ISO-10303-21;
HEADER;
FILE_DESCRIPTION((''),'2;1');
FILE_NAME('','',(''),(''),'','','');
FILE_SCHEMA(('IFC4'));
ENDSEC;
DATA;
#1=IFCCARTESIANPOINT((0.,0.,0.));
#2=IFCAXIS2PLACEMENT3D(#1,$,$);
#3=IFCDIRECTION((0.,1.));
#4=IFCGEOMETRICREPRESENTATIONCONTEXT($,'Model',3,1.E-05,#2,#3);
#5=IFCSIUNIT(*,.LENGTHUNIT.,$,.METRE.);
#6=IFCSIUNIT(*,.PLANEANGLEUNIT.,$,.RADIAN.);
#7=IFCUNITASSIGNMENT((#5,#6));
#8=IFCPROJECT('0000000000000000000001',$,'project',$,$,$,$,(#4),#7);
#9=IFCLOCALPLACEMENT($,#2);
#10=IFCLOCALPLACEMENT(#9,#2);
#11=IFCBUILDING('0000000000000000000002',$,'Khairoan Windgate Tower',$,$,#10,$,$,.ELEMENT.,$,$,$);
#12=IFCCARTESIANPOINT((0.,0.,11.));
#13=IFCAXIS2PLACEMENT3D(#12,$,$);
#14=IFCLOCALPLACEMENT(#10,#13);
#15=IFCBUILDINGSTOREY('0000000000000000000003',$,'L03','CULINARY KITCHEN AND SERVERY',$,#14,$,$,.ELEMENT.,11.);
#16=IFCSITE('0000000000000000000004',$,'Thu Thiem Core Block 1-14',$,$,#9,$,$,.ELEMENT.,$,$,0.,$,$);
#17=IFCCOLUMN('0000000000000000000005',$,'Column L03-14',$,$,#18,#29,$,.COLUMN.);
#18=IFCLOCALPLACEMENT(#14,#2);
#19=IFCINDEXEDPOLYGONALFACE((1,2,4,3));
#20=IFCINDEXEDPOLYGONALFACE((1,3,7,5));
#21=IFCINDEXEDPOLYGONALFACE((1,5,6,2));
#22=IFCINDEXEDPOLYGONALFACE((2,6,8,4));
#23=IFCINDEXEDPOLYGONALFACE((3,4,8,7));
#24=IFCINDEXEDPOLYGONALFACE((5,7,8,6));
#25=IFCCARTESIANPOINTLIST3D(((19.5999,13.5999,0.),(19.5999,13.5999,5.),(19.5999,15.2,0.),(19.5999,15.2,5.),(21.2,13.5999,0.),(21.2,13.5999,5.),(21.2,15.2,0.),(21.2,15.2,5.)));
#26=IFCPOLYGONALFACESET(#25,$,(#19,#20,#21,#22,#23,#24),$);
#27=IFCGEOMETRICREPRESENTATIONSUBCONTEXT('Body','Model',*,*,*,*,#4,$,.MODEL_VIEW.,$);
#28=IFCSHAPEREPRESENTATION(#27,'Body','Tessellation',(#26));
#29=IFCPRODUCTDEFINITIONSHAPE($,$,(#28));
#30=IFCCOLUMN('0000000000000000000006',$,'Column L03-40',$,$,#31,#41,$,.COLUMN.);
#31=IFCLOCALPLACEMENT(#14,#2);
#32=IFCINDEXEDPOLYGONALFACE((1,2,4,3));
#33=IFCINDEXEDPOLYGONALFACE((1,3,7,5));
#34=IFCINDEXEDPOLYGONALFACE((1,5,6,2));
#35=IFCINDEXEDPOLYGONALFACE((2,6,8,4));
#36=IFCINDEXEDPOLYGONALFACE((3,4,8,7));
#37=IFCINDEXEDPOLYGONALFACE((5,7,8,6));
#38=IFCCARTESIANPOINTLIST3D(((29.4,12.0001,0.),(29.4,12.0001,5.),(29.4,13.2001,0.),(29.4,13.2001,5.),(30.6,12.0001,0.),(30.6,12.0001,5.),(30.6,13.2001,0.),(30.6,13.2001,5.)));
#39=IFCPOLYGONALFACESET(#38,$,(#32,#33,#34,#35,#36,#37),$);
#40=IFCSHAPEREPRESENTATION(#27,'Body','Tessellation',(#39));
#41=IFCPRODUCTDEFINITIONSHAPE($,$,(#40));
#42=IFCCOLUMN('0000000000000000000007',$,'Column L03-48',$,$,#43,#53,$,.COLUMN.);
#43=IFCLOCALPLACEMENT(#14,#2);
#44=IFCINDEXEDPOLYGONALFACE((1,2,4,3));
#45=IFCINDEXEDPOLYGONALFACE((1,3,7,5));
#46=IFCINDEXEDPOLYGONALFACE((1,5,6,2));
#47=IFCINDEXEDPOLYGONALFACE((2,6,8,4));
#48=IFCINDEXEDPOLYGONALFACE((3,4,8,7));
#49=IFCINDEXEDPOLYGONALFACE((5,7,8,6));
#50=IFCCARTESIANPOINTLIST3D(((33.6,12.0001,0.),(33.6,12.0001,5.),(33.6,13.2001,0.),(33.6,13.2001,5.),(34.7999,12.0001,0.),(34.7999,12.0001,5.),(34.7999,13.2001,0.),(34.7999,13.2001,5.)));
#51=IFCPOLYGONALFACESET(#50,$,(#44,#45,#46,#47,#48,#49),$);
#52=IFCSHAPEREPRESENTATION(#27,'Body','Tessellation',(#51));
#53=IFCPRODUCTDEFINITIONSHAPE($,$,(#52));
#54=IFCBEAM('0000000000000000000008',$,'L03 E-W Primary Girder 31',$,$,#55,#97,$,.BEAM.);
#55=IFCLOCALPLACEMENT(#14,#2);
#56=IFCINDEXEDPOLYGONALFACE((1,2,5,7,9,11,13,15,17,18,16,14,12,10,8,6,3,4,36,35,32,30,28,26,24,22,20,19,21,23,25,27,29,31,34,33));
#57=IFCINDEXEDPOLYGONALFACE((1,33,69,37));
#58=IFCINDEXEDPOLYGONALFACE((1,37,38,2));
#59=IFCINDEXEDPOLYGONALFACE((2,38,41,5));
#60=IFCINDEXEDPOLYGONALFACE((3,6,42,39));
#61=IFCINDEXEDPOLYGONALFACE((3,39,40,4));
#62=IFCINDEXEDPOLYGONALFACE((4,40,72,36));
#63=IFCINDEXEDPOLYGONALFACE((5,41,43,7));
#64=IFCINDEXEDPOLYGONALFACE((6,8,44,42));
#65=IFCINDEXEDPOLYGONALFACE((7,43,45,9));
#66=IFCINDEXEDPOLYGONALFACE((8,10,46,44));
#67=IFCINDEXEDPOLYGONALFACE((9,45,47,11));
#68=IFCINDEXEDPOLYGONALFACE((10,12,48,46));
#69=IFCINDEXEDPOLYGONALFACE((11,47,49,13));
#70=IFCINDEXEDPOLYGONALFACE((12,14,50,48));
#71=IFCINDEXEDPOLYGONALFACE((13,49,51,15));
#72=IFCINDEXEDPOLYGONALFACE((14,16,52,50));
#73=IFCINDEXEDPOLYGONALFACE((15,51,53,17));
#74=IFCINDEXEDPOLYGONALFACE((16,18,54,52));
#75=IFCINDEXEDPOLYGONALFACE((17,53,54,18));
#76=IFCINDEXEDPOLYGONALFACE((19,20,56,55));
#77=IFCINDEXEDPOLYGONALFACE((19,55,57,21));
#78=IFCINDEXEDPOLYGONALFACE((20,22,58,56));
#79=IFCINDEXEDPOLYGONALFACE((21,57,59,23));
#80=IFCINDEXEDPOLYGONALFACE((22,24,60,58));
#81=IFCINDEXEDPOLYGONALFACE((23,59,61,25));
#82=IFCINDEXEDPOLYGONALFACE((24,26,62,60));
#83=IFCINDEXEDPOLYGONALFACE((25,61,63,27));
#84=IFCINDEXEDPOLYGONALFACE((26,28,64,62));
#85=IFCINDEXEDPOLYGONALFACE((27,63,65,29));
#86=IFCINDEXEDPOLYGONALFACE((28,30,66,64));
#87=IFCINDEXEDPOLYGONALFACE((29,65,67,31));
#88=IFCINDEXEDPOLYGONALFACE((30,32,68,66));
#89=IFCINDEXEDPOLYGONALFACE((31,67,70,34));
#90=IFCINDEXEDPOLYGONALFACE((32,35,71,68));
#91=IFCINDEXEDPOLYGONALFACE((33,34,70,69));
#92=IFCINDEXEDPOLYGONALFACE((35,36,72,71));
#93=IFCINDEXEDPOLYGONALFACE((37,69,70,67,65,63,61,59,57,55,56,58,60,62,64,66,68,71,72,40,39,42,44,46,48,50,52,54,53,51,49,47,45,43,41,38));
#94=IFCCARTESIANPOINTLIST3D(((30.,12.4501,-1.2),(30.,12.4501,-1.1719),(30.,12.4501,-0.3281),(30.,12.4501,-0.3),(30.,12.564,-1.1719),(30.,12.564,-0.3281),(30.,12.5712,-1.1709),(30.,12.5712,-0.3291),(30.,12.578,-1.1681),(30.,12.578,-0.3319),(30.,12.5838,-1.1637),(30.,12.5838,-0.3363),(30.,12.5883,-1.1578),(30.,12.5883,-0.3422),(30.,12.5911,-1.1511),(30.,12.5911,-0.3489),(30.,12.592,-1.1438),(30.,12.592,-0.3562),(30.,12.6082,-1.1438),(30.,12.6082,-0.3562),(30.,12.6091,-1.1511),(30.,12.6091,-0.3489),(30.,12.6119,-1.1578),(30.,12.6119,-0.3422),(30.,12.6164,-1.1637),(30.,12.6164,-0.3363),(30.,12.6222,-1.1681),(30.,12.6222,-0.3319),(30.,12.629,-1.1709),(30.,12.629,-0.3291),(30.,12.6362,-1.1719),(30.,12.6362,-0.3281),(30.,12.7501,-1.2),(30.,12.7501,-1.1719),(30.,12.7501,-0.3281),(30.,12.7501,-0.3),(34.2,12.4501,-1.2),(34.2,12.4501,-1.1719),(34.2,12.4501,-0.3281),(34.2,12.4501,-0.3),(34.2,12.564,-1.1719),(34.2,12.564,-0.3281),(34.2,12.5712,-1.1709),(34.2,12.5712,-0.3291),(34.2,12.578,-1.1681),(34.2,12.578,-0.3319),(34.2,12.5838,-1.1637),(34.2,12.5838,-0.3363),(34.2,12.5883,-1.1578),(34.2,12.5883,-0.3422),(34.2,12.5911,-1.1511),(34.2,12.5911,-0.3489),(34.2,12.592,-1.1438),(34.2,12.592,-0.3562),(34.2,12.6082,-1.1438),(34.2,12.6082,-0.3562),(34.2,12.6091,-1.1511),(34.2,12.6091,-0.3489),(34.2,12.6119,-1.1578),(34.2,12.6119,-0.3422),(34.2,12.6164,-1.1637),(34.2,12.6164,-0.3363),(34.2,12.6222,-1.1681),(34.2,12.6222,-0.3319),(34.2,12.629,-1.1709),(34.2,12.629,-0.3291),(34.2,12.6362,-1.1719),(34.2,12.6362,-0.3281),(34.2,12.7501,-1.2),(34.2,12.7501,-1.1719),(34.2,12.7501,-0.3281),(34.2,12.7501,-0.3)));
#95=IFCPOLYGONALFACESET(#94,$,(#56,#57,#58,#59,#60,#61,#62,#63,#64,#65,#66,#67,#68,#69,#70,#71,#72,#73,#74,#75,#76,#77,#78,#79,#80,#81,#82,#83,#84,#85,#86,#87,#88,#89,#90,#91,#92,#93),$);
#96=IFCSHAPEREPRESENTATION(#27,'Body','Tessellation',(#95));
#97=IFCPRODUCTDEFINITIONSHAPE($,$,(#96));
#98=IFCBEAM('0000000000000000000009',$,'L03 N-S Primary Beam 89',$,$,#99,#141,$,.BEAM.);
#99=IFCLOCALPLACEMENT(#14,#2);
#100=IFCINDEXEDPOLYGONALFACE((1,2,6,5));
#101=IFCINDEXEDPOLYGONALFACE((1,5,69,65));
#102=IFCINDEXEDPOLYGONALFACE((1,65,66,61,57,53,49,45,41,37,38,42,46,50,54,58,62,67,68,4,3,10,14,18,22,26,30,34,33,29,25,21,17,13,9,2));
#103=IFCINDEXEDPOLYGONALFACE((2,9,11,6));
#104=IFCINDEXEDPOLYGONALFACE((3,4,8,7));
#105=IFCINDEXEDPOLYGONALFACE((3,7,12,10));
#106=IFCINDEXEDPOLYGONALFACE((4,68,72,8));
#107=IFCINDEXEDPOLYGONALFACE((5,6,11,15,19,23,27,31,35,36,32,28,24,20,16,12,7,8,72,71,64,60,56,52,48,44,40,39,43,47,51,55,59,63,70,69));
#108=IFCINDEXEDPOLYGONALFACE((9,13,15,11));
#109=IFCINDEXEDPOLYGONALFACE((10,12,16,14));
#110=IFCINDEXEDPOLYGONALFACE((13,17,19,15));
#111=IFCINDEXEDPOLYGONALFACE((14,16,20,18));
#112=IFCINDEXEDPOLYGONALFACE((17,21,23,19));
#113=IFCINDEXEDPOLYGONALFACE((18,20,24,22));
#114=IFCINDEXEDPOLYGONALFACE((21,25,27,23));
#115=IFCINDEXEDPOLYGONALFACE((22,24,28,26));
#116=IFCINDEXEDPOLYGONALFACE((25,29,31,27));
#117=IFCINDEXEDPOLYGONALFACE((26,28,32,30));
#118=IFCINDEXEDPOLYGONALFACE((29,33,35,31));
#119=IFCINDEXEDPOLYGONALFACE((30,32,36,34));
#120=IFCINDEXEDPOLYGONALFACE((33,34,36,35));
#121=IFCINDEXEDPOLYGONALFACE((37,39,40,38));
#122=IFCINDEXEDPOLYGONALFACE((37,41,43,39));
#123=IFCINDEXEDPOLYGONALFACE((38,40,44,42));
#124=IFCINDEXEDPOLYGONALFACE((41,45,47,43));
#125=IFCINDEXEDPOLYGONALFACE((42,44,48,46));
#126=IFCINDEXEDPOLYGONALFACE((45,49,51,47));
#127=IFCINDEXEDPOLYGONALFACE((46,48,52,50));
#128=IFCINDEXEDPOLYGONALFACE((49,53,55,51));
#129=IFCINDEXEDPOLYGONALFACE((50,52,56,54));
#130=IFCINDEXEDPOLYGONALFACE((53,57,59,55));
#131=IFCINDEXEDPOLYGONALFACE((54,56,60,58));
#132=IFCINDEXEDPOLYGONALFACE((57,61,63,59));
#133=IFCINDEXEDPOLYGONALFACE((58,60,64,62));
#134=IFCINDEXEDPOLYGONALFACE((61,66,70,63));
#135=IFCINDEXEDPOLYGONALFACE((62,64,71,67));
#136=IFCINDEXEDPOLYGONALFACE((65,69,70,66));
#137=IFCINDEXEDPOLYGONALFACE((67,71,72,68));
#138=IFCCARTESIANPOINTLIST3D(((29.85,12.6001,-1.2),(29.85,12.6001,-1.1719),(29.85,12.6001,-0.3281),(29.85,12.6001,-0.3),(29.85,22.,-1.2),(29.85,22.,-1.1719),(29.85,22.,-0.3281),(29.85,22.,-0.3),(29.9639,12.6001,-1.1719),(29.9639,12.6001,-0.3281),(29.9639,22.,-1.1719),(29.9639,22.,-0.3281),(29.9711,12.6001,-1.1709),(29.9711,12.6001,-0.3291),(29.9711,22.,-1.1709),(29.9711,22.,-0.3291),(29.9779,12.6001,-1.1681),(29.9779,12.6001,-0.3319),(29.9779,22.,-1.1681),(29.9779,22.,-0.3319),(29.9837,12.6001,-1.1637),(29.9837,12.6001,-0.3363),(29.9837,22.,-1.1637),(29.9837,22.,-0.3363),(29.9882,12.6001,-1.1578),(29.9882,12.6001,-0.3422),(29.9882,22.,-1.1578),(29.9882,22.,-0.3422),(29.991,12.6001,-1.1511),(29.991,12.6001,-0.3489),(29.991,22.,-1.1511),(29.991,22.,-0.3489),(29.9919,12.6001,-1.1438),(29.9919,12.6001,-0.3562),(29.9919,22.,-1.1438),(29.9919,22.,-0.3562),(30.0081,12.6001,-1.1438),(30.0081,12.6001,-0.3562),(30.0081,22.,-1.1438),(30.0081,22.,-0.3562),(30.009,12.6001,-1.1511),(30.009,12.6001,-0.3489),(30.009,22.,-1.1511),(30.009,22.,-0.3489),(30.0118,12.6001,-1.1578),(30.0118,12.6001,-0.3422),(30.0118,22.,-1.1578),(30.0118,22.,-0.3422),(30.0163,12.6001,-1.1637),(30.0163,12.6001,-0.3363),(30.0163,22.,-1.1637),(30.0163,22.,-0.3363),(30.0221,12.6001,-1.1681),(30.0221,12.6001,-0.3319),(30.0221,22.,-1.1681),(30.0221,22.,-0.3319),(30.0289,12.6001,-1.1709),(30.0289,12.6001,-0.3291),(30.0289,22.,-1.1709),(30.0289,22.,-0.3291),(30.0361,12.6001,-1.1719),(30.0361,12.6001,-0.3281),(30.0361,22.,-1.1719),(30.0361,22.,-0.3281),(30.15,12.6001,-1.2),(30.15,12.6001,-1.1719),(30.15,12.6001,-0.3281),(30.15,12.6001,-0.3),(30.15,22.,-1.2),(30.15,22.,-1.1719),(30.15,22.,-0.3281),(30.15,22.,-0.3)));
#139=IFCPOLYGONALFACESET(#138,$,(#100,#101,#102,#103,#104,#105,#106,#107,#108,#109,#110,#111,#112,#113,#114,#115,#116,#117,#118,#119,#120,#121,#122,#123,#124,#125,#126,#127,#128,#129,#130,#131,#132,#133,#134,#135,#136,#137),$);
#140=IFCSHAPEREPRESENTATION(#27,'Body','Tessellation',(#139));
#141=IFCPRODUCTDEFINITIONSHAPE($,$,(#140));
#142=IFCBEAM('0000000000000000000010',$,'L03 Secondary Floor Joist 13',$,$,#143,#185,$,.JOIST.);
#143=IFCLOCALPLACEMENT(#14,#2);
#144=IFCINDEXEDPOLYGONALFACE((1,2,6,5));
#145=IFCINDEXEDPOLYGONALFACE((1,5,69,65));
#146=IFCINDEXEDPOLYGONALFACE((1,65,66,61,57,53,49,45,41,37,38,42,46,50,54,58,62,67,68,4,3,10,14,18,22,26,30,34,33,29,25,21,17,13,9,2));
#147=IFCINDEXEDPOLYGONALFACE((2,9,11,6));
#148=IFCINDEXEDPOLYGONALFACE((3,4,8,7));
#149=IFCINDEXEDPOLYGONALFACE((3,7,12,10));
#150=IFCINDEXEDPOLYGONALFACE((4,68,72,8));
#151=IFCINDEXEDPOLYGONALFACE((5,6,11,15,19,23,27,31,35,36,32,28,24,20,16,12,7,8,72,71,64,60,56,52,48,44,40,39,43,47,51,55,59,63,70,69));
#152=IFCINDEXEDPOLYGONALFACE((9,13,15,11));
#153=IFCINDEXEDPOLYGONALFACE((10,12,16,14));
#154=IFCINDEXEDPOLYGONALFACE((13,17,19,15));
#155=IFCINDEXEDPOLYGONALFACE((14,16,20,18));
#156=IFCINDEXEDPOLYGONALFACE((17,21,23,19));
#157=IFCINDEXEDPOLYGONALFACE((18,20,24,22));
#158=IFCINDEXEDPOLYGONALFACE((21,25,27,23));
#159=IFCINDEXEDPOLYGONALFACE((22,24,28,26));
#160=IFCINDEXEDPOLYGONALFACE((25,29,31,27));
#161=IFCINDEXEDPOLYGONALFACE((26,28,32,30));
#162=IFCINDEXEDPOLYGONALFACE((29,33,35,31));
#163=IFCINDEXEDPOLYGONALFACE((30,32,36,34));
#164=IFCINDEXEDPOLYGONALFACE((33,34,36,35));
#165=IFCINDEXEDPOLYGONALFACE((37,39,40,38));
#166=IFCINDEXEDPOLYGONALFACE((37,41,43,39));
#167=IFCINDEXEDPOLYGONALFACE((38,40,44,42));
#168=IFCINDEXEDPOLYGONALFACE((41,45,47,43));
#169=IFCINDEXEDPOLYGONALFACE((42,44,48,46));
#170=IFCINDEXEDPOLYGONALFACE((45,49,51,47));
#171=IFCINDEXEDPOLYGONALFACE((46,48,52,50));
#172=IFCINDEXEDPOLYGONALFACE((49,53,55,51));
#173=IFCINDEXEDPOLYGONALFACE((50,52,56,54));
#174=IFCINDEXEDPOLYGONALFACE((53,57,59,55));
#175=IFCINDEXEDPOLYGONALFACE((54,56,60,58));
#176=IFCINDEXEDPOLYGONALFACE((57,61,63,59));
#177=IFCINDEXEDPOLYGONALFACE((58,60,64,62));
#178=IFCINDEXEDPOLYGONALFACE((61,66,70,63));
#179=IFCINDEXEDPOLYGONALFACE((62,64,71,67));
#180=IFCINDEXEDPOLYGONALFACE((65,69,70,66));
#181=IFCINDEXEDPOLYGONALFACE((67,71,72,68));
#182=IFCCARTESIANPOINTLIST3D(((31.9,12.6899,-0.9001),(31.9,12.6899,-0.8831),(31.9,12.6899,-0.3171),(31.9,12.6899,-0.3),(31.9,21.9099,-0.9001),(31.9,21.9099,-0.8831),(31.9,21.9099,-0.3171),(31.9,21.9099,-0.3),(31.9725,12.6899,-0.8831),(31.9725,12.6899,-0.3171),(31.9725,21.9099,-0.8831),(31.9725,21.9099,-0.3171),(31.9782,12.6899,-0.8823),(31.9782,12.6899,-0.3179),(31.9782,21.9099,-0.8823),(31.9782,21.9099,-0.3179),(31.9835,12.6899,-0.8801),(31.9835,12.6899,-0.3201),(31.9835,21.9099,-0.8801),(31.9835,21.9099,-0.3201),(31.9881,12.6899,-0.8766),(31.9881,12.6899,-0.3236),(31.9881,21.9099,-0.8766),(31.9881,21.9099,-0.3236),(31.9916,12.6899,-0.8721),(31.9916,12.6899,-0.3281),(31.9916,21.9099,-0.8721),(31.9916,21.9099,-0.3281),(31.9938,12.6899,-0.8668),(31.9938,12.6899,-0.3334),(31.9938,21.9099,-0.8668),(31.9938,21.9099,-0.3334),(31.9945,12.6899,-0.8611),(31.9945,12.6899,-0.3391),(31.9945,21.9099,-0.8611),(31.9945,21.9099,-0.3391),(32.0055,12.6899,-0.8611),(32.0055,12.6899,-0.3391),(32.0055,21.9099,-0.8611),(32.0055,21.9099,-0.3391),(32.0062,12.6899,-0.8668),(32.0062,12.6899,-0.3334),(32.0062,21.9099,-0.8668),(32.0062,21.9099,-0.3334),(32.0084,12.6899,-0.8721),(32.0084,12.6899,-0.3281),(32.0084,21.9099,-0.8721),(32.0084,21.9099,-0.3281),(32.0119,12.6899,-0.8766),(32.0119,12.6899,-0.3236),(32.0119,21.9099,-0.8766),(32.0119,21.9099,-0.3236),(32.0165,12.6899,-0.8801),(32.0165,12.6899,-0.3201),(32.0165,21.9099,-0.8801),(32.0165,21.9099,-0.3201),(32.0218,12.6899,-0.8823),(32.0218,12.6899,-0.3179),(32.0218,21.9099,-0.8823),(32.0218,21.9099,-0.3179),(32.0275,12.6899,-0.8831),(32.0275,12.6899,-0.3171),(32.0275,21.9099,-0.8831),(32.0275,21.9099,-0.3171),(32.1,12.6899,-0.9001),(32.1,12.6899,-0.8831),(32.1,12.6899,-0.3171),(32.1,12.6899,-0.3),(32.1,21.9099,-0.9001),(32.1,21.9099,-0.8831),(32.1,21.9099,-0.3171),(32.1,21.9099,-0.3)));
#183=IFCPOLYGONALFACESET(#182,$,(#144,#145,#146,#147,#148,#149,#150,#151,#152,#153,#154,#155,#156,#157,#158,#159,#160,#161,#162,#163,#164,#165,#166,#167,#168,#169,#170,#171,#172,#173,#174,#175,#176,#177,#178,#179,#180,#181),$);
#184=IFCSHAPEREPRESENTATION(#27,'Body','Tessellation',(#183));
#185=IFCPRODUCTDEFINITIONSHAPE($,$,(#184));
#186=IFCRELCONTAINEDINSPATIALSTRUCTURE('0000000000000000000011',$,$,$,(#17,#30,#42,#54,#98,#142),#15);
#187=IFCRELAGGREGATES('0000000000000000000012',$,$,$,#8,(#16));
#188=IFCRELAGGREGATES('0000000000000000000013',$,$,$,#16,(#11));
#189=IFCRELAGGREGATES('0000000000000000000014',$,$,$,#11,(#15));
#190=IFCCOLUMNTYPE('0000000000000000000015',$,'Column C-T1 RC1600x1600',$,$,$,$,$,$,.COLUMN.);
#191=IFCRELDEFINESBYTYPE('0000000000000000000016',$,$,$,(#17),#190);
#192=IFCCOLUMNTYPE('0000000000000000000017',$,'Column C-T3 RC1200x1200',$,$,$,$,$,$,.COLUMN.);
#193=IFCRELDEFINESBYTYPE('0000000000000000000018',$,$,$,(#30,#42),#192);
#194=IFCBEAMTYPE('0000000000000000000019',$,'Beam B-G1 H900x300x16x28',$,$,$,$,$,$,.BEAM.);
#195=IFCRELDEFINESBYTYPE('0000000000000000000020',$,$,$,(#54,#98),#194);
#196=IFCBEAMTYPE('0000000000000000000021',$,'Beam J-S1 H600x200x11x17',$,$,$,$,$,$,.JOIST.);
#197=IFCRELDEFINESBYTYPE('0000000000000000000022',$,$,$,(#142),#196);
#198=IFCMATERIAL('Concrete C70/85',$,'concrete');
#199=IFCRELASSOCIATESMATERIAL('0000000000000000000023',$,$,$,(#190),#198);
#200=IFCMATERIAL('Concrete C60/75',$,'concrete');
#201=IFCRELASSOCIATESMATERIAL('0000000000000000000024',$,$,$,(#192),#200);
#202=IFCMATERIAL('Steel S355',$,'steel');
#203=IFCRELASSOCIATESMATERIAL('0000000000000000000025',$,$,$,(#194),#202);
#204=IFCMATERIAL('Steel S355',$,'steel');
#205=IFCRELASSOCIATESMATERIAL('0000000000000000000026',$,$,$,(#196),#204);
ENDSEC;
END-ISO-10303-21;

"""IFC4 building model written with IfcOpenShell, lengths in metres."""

from ifc_helpers import new_model, si_unit, direction, frame, origin, origin_2d, place, context, subcontext, project, spatial, rectangle, i_section, extrude, material, material_profile, profile_set, type_object, element, save


model = new_model("IFC4")

# Units and contexts
model_context = context("Model", 3, precision=1e-05, world=origin(), true_north=direction((0.0, 1.0)))
body_context = subcontext(model_context, "Body", "Model", "MODEL_VIEW")
ifc_project = project(units=[si_unit("LENGTHUNIT", "METRE"), si_unit("PLANEANGLEUNIT", "RADIAN")], contexts=[model_context])

# Site, building, storey
site_placement = place(None, origin())
site = spatial("IfcSite", under=ifc_project, at=site_placement, Name="Thu Thiem Core Block 1-14", CompositionType="ELEMENT", RefElevation=0.0)
building_placement = place(site_placement, origin())
building = spatial("IfcBuilding", under=site, at=building_placement, Name="Khairoan Windgate Tower", CompositionType="ELEMENT")
storey_placement = place(building_placement, frame((0.0, 0.0, 11.0)))
storey = spatial("IfcBuildingStorey", under=building, at=storey_placement, Name="L03", Description="CULINARY KITCHEN AND SERVERY", CompositionType="ELEMENT", Elevation=11.0)

# Columns
ifc_material_1 = material(Name="Concrete C70/85", Category="concrete")
ifc_material_profile_1 = material_profile(ifc_material_1, rectangle(XDim=1.6001, YDim=1.6001, at=origin_2d()))
ifc_profile_set_1 = profile_set([ifc_material_profile_1], Name="Concrete C70/85")
column_type_1 = type_object("IfcColumnType", Name="Column C-T1 RC1600x1600", PredefinedType="COLUMN", material=ifc_profile_set_1)
column_placement = place(storey_placement, frame((20.3999, 14.3999, 0.0), z_axis=(0.0, 0.0, 1.0), x_axis=(1.0, 0.0, 0.0)))
element("IfcColumn", 1, at=column_placement, inside=storey, type_object=column_type_1, Name="Column L03-14", PredefinedType="COLUMN", context=body_context, shape_type="SweptSolid", body=[
    extrude(rectangle(XDim=1.6001, YDim=1.6001, at=origin_2d()), origin(), (0.0, 0.0, 1.0), 5.0),
])
ifc_material_2 = material(Name="Concrete C60/75", Category="concrete")
ifc_material_profile_2 = material_profile(ifc_material_2, rectangle(XDim=1.2, YDim=1.2, at=origin_2d()))
ifc_profile_set_2 = profile_set([ifc_material_profile_2], Name="Concrete C60/75")
column_type_2 = type_object("IfcColumnType", Name="Column C-T3 RC1200x1200", PredefinedType="COLUMN", material=ifc_profile_set_2)
for number, where, z_axis, x_axis, name in (
    (2, (30.0, 12.6001, 0.0), (0.0, 0.0, 1.0), (1.0, 0.0, 0.0), "Column L03-40"),
    (3, (34.2, 12.6001, 0.0), (0.0, 0.0, 1.0), (1.0, 0.0, 0.0), "Column L03-48"),
):
    element("IfcColumn", number, at=place(storey_placement, frame(where, z_axis=z_axis, x_axis=x_axis)), inside=storey, type_object=column_type_2, Name=name, PredefinedType="COLUMN", context=body_context, shape_type="SweptSolid", body=[
        extrude(rectangle(XDim=1.2, YDim=1.2, at=origin_2d()), origin(), (0.0, 0.0, 1.0), 5.0),
    ])

# Beams
ifc_material_3 = material(Name="Steel S355", Category="steel")
ifc_material_profile_3 = material_profile(ifc_material_3, i_section(OverallWidth=0.3, OverallDepth=0.8999, WebThickness=0.0161, FlangeThickness=0.0281, FilletRadius=0.0281, at=origin_2d()))
ifc_profile_set_3 = profile_set([ifc_material_profile_3], Name="Steel S355")
beam_type_1 = type_object("IfcBeamType", Name="Beam B-G1 H900x300x16x28", PredefinedType="BEAM", material=ifc_profile_set_3)
beam_1_placement = place(storey_placement, frame((30.0, 12.6001, -0.75), z_axis=(1.0, 0.0, 0.0), x_axis=(0.0, 1.0, 0.0)))
element("IfcBeam", 4, at=beam_1_placement, inside=storey, type_object=beam_type_1, Name="L03 E-W Primary Girder 31", PredefinedType="BEAM", context=body_context, shape_type="SweptSolid", body=[
    extrude(i_section(OverallWidth=0.3, OverallDepth=0.8999, WebThickness=0.0161, FlangeThickness=0.0281, FilletRadius=0.0281, at=origin_2d()), origin(), (0.0, 0.0, 1.0), 4.2),
])
beam_2_placement = place(storey_placement, frame((30.0, 12.6001, -0.75), z_axis=(0.0, 1.0, 0.0), x_axis=(-1.0, 0.0, 0.0)))
element("IfcBeam", 5, at=beam_2_placement, inside=storey, type_object=beam_type_1, Name="L03 N-S Primary Beam 89", PredefinedType="BEAM", context=body_context, shape_type="SweptSolid", body=[
    extrude(i_section(OverallWidth=0.3, OverallDepth=0.8999, WebThickness=0.0161, FlangeThickness=0.0281, FilletRadius=0.0281, at=origin_2d()), origin(), (0.0, 0.0, 1.0), 9.3999),
])
ifc_material_4 = material(Name="Steel S355", Category="steel")
ifc_material_profile_4 = material_profile(ifc_material_4, i_section(OverallWidth=0.2, OverallDepth=0.6001, WebThickness=0.011, FlangeThickness=0.0171, FilletRadius=0.022, at=origin_2d()))
ifc_profile_set_4 = profile_set([ifc_material_profile_4], Name="Steel S355")
beam_type_2 = type_object("IfcBeamType", Name="Beam J-S1 H600x200x11x17", PredefinedType="JOIST", material=ifc_profile_set_4)
beam_3_placement = place(storey_placement, frame((32.0, 12.6899, -0.6001), z_axis=(0.0, 1.0, 0.0), x_axis=(-1.0, 0.0, 0.0)))
element("IfcBeam", 6, at=beam_3_placement, inside=storey, type_object=beam_type_2, Name="L03 Secondary Floor Joist 13", PredefinedType="JOIST", context=body_context, shape_type="SweptSolid", body=[
    extrude(i_section(OverallWidth=0.2, OverallDepth=0.6001, WebThickness=0.011, FlangeThickness=0.0171, FilletRadius=0.022, at=origin_2d()), origin(), (0.0, 0.0, 1.0), 9.22),
])

save(model, "model.ifc")
